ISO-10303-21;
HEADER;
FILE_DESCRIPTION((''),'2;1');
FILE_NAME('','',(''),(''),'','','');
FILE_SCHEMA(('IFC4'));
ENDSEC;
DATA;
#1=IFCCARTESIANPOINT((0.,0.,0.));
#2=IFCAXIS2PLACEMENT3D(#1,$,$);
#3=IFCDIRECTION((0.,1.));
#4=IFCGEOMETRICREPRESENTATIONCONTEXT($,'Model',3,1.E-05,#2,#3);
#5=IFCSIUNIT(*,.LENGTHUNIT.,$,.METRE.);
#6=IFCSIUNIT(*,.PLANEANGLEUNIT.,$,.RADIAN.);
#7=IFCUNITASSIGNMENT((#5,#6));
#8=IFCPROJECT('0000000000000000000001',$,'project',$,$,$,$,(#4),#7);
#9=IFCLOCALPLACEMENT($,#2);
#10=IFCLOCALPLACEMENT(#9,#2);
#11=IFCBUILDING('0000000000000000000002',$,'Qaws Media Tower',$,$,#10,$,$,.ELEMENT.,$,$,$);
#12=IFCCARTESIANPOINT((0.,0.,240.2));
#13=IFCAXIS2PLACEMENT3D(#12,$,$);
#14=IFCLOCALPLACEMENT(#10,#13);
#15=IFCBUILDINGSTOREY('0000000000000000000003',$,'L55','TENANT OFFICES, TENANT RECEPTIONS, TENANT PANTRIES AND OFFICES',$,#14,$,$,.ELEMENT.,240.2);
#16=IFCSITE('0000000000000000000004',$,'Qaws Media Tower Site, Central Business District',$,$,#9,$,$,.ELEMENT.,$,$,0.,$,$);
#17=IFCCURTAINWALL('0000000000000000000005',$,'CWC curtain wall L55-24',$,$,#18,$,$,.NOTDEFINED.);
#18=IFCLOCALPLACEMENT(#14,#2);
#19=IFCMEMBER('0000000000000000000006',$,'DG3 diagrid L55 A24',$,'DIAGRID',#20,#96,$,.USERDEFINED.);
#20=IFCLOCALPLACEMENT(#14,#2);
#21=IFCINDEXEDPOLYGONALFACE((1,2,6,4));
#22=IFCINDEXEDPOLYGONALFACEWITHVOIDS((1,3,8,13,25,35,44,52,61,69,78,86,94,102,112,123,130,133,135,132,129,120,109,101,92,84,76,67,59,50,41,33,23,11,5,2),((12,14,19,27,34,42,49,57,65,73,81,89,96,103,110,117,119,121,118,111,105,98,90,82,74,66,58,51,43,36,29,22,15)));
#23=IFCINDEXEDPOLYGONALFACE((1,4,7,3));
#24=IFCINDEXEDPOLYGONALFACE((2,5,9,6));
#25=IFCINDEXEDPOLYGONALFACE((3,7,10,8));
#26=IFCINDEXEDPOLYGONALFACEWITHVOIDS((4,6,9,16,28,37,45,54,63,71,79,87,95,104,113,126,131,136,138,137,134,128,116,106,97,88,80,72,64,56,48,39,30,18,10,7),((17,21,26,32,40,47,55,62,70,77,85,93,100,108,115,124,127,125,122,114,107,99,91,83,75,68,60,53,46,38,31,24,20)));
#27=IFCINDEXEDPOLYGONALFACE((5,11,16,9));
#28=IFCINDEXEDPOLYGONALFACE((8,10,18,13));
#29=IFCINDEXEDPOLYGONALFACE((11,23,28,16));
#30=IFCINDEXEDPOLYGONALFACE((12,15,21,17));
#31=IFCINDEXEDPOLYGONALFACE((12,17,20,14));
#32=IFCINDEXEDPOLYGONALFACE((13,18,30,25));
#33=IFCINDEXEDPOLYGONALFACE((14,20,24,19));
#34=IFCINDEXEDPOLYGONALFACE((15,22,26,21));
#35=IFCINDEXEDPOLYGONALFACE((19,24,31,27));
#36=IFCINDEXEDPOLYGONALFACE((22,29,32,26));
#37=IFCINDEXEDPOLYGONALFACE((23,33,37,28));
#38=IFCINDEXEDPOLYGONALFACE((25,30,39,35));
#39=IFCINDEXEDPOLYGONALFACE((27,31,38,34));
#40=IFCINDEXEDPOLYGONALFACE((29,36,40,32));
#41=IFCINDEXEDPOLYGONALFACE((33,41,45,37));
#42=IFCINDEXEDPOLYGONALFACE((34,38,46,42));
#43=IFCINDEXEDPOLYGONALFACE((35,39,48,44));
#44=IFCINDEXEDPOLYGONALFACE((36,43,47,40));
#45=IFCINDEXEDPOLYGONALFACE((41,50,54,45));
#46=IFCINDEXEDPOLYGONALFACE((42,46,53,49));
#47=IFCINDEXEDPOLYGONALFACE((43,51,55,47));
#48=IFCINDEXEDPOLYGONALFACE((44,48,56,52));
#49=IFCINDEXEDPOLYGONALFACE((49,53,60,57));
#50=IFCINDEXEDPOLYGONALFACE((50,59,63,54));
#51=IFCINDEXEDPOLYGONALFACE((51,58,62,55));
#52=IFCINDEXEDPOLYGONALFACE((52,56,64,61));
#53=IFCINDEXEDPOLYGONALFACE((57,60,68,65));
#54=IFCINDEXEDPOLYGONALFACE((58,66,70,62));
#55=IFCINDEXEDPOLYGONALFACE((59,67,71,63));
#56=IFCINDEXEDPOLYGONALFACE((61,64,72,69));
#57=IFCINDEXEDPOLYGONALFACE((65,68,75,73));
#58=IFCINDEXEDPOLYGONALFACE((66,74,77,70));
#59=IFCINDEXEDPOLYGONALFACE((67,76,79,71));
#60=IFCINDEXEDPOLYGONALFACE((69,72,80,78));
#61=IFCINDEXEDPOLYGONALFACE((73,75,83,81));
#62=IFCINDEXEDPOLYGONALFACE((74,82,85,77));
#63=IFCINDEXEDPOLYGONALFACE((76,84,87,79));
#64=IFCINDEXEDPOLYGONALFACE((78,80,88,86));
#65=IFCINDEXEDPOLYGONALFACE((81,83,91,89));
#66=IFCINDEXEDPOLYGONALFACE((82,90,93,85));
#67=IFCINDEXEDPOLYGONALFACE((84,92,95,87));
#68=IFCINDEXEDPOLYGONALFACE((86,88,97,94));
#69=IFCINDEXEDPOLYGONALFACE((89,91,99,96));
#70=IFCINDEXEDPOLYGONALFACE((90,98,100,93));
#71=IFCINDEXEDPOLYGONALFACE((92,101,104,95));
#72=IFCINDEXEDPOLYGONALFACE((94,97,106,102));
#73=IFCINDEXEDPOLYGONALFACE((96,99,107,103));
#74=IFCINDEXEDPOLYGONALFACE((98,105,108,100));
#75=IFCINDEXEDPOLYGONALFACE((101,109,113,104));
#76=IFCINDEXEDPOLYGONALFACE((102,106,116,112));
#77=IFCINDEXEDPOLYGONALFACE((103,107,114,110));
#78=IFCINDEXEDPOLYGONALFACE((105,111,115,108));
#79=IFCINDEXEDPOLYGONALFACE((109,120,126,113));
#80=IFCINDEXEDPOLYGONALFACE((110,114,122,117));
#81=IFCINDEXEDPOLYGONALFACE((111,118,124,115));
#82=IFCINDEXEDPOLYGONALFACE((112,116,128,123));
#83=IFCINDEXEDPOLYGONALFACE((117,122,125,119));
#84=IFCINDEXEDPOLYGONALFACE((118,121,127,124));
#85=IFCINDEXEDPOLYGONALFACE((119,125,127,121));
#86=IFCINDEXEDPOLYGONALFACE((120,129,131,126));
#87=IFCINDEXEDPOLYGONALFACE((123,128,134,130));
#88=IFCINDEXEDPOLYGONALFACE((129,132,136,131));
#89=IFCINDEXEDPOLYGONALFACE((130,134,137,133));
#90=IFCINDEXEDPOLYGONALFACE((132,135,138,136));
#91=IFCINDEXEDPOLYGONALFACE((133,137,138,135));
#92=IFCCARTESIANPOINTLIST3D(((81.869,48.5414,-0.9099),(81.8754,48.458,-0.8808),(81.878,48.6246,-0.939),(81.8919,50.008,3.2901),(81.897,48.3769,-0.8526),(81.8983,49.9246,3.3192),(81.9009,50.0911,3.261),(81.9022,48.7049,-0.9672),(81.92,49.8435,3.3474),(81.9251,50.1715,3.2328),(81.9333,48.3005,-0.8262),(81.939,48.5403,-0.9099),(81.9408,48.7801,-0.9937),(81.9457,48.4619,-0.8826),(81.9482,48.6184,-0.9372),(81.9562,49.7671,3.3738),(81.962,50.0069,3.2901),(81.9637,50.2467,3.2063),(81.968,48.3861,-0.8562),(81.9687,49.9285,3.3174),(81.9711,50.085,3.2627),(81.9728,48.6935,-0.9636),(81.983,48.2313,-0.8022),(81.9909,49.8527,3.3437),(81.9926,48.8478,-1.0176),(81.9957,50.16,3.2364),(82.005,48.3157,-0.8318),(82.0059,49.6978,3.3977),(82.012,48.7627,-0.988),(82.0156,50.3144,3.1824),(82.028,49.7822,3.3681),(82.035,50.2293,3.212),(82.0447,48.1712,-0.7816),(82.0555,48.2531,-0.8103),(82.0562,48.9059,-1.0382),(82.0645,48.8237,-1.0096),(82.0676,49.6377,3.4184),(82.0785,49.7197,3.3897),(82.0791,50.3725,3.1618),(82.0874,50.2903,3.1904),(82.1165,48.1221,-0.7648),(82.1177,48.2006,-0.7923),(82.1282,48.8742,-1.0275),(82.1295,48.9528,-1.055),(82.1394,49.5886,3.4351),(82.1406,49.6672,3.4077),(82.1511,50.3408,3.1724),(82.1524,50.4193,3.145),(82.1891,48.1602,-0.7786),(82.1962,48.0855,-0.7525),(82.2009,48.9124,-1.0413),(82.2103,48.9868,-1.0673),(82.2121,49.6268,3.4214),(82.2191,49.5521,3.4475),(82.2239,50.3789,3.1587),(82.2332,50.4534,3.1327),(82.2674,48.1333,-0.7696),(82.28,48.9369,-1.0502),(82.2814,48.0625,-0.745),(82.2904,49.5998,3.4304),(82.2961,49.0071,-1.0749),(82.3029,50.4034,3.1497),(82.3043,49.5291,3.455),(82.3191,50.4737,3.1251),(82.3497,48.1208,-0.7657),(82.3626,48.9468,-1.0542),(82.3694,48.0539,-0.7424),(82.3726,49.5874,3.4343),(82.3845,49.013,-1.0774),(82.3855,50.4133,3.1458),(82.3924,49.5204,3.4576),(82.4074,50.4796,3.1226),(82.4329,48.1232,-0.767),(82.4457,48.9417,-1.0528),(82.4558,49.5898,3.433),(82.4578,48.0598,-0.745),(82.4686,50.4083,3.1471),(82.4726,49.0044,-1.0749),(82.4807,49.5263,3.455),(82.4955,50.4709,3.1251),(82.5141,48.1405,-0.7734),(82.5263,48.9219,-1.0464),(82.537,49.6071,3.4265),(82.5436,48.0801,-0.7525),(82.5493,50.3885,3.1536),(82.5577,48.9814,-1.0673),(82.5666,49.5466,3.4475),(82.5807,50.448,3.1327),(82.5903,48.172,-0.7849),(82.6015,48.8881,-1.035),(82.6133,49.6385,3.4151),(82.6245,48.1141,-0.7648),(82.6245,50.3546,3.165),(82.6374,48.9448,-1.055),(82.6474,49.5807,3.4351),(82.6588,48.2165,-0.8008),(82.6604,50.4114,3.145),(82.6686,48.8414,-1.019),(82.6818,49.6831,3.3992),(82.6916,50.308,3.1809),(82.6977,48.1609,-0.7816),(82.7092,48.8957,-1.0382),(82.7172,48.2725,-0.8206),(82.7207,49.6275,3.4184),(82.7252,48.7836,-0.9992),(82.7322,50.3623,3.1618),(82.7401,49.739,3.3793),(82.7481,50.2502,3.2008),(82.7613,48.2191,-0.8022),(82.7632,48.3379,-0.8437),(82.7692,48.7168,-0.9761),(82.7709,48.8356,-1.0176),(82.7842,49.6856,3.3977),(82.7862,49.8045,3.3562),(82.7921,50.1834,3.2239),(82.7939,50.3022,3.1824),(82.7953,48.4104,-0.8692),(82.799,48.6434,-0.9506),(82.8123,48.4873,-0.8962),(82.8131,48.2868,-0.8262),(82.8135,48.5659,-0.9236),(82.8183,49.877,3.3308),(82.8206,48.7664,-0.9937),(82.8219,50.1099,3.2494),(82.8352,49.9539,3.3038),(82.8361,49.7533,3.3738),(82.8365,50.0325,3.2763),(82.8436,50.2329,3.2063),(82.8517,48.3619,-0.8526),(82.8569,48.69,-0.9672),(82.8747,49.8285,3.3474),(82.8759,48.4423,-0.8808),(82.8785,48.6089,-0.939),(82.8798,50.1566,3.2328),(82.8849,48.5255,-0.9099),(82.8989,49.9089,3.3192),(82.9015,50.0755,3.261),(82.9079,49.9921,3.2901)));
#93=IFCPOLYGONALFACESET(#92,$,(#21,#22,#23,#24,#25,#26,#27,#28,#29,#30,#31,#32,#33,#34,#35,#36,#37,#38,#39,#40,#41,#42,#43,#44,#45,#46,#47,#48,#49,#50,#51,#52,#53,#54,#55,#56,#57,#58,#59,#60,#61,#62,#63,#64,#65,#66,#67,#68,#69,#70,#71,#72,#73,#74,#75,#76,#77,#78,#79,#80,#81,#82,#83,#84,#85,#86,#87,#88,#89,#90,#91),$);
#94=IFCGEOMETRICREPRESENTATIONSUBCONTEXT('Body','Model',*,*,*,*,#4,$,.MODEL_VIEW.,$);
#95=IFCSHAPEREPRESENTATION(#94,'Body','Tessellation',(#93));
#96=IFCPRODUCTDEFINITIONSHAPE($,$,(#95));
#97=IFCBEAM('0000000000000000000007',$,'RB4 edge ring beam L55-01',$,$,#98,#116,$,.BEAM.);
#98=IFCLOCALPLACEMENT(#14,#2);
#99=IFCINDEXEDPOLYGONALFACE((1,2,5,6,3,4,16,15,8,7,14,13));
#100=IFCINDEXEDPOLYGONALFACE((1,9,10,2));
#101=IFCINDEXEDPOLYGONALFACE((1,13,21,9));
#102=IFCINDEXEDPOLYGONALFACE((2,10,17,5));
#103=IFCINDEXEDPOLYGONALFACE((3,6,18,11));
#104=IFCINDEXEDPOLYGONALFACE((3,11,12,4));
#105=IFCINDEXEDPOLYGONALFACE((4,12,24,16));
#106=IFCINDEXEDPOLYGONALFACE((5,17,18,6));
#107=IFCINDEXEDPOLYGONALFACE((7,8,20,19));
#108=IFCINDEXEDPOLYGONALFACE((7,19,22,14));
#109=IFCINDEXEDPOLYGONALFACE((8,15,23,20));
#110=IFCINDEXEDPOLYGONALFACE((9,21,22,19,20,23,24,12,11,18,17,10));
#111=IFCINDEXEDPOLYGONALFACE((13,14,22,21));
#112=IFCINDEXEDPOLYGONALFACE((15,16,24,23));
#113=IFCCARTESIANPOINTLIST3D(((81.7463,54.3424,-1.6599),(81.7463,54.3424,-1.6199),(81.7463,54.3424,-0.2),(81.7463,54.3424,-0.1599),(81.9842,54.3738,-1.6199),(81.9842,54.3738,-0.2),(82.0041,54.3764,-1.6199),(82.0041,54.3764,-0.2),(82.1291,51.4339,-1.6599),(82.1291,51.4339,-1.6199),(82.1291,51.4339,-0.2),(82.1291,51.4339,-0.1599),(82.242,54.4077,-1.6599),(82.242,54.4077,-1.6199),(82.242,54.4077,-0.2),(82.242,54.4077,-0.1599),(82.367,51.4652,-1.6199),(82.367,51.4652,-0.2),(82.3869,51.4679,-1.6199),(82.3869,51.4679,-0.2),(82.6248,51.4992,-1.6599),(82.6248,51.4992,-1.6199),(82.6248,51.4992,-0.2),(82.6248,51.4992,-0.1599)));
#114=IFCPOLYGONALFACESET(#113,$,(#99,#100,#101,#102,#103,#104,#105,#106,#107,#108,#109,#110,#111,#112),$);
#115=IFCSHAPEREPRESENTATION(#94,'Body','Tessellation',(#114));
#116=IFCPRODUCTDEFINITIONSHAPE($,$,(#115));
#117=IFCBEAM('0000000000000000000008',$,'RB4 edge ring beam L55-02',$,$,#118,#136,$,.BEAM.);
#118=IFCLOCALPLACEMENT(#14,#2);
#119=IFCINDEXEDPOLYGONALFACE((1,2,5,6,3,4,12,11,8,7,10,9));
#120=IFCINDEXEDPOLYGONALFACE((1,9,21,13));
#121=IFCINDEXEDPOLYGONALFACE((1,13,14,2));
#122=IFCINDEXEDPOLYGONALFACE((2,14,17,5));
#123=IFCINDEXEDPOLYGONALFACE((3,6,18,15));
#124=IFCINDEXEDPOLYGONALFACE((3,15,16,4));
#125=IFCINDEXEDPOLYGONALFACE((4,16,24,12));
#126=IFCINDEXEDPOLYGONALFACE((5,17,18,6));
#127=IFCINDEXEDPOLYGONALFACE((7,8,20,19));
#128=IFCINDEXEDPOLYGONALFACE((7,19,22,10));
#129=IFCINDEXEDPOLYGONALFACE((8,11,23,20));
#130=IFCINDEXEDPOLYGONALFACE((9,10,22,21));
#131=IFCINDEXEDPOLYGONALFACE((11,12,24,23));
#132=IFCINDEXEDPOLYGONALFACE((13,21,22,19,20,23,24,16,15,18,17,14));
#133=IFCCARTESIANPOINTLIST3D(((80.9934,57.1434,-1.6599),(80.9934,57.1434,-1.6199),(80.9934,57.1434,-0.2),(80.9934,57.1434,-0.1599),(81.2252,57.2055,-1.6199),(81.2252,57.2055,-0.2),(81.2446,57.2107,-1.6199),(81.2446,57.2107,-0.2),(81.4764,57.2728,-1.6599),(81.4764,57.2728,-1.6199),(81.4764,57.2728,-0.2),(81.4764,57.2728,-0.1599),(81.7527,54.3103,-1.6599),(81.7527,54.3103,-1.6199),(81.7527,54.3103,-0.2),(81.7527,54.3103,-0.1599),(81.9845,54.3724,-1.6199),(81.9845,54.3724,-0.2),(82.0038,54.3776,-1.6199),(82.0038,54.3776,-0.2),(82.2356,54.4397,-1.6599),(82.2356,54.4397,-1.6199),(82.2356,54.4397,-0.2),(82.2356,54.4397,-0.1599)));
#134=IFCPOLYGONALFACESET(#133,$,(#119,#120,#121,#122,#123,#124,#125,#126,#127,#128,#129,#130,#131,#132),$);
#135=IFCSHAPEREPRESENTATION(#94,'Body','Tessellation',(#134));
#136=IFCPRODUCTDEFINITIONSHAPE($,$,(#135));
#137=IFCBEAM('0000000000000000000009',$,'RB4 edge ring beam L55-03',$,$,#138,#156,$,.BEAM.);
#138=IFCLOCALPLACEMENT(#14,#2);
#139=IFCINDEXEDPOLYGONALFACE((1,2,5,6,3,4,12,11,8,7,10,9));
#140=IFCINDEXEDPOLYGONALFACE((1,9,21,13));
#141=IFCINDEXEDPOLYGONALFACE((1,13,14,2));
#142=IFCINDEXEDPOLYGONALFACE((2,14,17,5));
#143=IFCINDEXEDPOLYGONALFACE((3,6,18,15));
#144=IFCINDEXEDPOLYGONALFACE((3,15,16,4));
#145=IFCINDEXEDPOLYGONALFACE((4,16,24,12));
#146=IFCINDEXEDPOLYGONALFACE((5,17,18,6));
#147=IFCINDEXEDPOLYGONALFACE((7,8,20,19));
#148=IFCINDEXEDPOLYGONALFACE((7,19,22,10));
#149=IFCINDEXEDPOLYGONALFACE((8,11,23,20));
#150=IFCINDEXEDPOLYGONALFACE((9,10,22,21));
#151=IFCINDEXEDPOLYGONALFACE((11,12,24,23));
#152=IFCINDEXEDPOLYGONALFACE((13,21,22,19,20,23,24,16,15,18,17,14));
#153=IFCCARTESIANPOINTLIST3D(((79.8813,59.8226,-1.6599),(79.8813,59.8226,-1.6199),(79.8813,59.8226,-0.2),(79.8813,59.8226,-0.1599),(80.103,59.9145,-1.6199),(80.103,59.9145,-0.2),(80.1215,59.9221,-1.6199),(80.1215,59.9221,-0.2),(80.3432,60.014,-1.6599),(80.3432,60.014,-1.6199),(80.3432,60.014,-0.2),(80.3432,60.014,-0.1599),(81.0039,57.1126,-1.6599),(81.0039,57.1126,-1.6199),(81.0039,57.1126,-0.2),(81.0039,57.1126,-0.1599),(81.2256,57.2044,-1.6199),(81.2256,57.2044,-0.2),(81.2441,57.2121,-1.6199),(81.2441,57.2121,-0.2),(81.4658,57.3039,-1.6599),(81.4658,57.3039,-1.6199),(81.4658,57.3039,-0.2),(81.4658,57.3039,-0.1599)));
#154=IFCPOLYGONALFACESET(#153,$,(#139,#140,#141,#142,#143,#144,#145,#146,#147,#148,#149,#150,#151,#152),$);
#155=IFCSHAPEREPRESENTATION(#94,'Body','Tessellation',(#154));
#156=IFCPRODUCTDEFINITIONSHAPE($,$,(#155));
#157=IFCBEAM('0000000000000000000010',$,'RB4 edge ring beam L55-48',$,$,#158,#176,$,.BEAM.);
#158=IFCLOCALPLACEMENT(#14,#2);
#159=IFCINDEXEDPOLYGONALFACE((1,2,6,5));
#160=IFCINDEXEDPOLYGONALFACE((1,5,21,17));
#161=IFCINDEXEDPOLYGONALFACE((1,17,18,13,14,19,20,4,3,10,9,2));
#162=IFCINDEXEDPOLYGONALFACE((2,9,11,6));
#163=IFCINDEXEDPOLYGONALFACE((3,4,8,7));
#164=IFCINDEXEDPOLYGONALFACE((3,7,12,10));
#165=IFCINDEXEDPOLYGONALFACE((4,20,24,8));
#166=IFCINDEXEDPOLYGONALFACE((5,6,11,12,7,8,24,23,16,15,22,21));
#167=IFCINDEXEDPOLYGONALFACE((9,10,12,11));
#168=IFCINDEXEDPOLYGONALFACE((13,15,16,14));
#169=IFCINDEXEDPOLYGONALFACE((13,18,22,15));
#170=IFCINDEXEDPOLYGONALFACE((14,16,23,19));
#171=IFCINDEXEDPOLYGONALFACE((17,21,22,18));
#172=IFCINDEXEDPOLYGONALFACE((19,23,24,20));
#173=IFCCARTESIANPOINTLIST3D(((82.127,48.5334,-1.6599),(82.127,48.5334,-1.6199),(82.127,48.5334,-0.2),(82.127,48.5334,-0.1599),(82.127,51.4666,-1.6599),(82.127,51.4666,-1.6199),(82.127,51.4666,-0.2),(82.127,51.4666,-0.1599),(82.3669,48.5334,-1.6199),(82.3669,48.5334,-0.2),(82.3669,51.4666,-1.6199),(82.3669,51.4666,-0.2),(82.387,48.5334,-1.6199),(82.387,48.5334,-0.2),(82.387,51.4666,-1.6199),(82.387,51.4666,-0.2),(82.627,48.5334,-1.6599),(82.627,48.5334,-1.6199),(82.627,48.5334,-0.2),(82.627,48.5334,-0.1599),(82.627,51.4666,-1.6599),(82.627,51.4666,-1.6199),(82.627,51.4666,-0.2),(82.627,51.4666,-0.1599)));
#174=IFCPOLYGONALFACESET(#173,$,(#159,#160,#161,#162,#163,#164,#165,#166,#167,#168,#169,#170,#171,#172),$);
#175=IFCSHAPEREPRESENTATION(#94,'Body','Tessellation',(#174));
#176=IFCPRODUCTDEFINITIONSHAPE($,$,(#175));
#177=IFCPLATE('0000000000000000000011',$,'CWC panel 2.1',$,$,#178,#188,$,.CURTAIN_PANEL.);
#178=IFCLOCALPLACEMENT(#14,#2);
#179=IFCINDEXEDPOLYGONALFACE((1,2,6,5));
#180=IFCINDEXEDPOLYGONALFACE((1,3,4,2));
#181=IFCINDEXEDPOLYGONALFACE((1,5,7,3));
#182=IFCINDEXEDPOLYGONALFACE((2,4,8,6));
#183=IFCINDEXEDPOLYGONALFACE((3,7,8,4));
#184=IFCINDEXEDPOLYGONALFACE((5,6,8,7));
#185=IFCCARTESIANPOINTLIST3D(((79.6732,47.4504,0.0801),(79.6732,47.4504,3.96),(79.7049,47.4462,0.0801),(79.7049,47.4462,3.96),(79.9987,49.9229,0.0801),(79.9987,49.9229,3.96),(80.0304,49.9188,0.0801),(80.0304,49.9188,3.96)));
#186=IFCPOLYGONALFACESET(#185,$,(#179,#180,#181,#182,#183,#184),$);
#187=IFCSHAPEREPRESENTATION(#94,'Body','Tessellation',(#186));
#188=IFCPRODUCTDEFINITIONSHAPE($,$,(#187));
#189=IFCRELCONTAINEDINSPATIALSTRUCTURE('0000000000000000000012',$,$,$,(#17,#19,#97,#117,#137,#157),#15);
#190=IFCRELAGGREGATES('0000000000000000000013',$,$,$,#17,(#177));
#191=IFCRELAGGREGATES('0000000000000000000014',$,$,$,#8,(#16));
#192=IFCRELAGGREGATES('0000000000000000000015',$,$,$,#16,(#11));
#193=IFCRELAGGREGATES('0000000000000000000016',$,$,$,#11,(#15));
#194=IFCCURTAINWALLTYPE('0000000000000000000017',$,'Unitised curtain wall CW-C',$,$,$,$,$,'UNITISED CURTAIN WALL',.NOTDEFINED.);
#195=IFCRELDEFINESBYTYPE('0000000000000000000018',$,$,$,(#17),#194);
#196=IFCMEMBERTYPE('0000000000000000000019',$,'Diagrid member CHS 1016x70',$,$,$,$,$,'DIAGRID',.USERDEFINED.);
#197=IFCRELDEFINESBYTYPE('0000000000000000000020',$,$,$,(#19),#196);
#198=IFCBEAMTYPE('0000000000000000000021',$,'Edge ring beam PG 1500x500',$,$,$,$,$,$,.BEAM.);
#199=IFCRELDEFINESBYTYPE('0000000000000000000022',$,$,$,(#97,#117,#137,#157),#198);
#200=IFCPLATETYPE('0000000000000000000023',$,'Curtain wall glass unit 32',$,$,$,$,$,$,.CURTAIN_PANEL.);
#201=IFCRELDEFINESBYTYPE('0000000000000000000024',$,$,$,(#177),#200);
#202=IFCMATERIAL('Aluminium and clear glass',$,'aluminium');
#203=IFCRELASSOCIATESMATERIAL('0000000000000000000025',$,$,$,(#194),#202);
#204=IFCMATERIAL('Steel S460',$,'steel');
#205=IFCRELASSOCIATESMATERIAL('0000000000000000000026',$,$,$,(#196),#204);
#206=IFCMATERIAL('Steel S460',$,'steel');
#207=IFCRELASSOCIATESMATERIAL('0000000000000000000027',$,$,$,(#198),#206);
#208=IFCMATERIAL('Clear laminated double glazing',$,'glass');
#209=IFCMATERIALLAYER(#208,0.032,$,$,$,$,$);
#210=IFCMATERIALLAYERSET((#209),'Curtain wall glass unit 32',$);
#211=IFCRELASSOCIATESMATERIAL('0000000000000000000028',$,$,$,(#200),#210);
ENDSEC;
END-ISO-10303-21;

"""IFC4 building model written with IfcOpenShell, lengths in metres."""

from ifc_helpers import new_model, si_unit, direction, frame, origin, origin_2d, place, context, subcontext, project, spatial, rectangle, hollow_circle, i_section, extrude, material, layer, layer_set, material_profile, profile_set, type_object, element, aggregate, save


model = new_model("IFC4")

# Units and contexts
model_context = context("Model", 3, precision=1e-05, world=origin(), true_north=direction((0.0, 1.0)))
body_context = subcontext(model_context, "Body", "Model", "MODEL_VIEW")
ifc_project = project(units=[si_unit("LENGTHUNIT", "METRE"), si_unit("PLANEANGLEUNIT", "RADIAN")], contexts=[model_context])

# Site, building, storey
site_placement = place(None, origin())
site = spatial("IfcSite", under=ifc_project, at=site_placement, Name="Qaws Media Tower Site, Central Business District", CompositionType="ELEMENT", RefElevation=0.0)
building_placement = place(site_placement, origin())
building = spatial("IfcBuilding", under=site, at=building_placement, Name="Qaws Media Tower", CompositionType="ELEMENT")
storey_placement = place(building_placement, frame((0.0, 0.0, 240.2)))
storey = spatial("IfcBuildingStorey", under=building, at=storey_placement, Name="L55", Description="TENANT OFFICES, TENANT RECEPTIONS, TENANT PANTRIES AND OFFICES", CompositionType="ELEMENT", Elevation=240.2)

# Curtain wall
ifc_material_1 = material(Name="Aluminium and clear glass", Category="aluminium")
curtain_wall_type = type_object("IfcCurtainWallType", Name="Unitised curtain wall CW-C", ElementType="UNITISED CURTAIN WALL", PredefinedType="NOTDEFINED", material=ifc_material_1)
curtain_wall_1_placement = place(storey_placement, origin())
curtain_wall_1 = element("IfcCurtainWall", 1, at=curtain_wall_1_placement, inside=storey, type_object=curtain_wall_type, Name="CWC curtain wall L55-24", PredefinedType="NOTDEFINED")

# Member
ifc_material_2 = material(Name="Steel S460", Category="steel")
ifc_material_profile_1 = material_profile(ifc_material_2, hollow_circle(Radius=0.5081, WallThickness=0.0701, at=origin_2d()), Name="CHS 1016x70")
ifc_profile_set_1 = profile_set([ifc_material_profile_1], Name="Steel S460")
member_type_1 = type_object("IfcMemberType", Name="Diagrid member CHS 1016x70", ElementType="DIAGRID", PredefinedType="USERDEFINED", material=ifc_profile_set_1)
for number, where, z_axis, x_axis, name in (
    (2, (82.377, 48.5334, -0.9099), (0.005159, 0.329659, 0.944086), (-0.999878, 0.015646, 0.0), "DG3 diagrid L55 A24"),
):
    element("IfcMember", number, at=place(storey_placement, frame(where, z_axis=z_axis, x_axis=x_axis)), inside=storey, type_object=member_type_1, Name=name, ObjectType="DIAGRID", PredefinedType="USERDEFINED", context=body_context, shape_type="SweptSolid", body=[
        extrude(hollow_circle(Radius=0.5081, WallThickness=0.0701, at=origin_2d()), origin(), (0.0, 0.0, 1.0), 4.4487),
    ])

# Beams
ifc_material_3 = material(Name="Steel S460", Category="steel")
ifc_material_profile_2 = material_profile(ifc_material_3, i_section(OverallWidth=0.5, OverallDepth=1.5, WebThickness=0.02, FlangeThickness=0.04, at=origin_2d()), Name="PG 1500x500")
ifc_profile_set_2 = profile_set([ifc_material_profile_2], Name="Steel S460")
beam_type = type_object("IfcBeamType", Name="Edge ring beam PG 1500x500", PredefinedType="BEAM", material=ifc_profile_set_2)
beam_1_placement = place(storey_placement, frame((82.377, 51.4666, -0.9099), z_axis=(-0.130495, 0.991449, 0.0), x_axis=(-0.991449, -0.130495, 0.0)))
element("IfcBeam", 3, at=beam_1_placement, inside=storey, type_object=beam_type, Name="RB4 edge ring beam L55-01", PredefinedType="BEAM", context=body_context, shape_type="SweptSolid", body=[
    extrude(i_section(OverallWidth=0.5, OverallDepth=1.5, WebThickness=0.02, FlangeThickness=0.04, at=origin_2d()), origin(), (0.0, 0.0, 1.0), 2.9336),
])
beam_2_placement = place(storey_placement, frame((81.9941, 54.375, -0.9099), z_axis=(-0.258854, 0.965916, 0.0), x_axis=(-0.965916, -0.258854, 0.0)))
element("IfcBeam", 4, at=beam_2_placement, inside=storey, type_object=beam_type, Name="RB4 edge ring beam L55-02", PredefinedType="BEAM", context=body_context, shape_type="SweptSolid", body=[
    extrude(i_section(OverallWidth=0.5, OverallDepth=1.5, WebThickness=0.02, FlangeThickness=0.04, at=origin_2d()), origin(), (0.0, 0.0, 1.0), 2.9331),
])
beam_3_placement = place(storey_placement, frame((81.2349, 57.2083, -0.9099), z_axis=(-0.3827, 0.923873, 0.0), x_axis=(-0.923873, -0.3827, 0.0)))
element("IfcBeam", 5, at=beam_3_placement, inside=storey, type_object=beam_type, Name="RB4 edge ring beam L55-03", PredefinedType="BEAM", context=body_context, shape_type="SweptSolid", body=[
    extrude(i_section(OverallWidth=0.5, OverallDepth=1.5, WebThickness=0.02, FlangeThickness=0.04, at=origin_2d()), origin(), (0.0, 0.0, 1.0), 2.9333),
])
beam_4_placement = place(storey_placement, frame((82.377, 48.5334, -0.9099), z_axis=(0.0, 1.0, 0.0), x_axis=(-1.0, 0.0, 0.0)))
element("IfcBeam", 6, at=beam_4_placement, inside=storey, type_object=beam_type, Name="RB4 edge ring beam L55-48", PredefinedType="BEAM", context=body_context, shape_type="SweptSolid", body=[
    extrude(i_section(OverallWidth=0.5, OverallDepth=1.5, WebThickness=0.02, FlangeThickness=0.04, at=origin_2d()), origin(), (0.0, 0.0, 1.0), 2.9331),
])

# Plate
ifc_material_4 = material(Name="Clear laminated double glazing", Category="glass")
ifc_layer_1 = layer(ifc_material_4, 0.032)
ifc_layer_set_1 = layer_set([ifc_layer_1], Name="Curtain wall glass unit 32")
plate_type_1 = type_object("IfcPlateType", Name="Curtain wall glass unit 32", PredefinedType="CURTAIN_PANEL", material=ifc_layer_set_1)
plate_1_placement = place(storey_placement, frame((79.8518, 48.6846, 0.0801), z_axis=(0.0, 0.0, 1.0), x_axis=(0.130526, 0.991445, 0.0)))
plate_1 = element("IfcPlate", 7, at=plate_1_placement, type_object=plate_type_1, Name="CWC panel 2.1", PredefinedType="CURTAIN_PANEL", context=body_context, shape_type="SweptSolid", body=[
    extrude(rectangle(XDim=2.4939, YDim=0.032, at=origin_2d()), origin(), (0.0, 0.0, 1.0), 3.8799),
])
aggregate(curtain_wall_1, [plate_1])

save(model, "model.ifc")
